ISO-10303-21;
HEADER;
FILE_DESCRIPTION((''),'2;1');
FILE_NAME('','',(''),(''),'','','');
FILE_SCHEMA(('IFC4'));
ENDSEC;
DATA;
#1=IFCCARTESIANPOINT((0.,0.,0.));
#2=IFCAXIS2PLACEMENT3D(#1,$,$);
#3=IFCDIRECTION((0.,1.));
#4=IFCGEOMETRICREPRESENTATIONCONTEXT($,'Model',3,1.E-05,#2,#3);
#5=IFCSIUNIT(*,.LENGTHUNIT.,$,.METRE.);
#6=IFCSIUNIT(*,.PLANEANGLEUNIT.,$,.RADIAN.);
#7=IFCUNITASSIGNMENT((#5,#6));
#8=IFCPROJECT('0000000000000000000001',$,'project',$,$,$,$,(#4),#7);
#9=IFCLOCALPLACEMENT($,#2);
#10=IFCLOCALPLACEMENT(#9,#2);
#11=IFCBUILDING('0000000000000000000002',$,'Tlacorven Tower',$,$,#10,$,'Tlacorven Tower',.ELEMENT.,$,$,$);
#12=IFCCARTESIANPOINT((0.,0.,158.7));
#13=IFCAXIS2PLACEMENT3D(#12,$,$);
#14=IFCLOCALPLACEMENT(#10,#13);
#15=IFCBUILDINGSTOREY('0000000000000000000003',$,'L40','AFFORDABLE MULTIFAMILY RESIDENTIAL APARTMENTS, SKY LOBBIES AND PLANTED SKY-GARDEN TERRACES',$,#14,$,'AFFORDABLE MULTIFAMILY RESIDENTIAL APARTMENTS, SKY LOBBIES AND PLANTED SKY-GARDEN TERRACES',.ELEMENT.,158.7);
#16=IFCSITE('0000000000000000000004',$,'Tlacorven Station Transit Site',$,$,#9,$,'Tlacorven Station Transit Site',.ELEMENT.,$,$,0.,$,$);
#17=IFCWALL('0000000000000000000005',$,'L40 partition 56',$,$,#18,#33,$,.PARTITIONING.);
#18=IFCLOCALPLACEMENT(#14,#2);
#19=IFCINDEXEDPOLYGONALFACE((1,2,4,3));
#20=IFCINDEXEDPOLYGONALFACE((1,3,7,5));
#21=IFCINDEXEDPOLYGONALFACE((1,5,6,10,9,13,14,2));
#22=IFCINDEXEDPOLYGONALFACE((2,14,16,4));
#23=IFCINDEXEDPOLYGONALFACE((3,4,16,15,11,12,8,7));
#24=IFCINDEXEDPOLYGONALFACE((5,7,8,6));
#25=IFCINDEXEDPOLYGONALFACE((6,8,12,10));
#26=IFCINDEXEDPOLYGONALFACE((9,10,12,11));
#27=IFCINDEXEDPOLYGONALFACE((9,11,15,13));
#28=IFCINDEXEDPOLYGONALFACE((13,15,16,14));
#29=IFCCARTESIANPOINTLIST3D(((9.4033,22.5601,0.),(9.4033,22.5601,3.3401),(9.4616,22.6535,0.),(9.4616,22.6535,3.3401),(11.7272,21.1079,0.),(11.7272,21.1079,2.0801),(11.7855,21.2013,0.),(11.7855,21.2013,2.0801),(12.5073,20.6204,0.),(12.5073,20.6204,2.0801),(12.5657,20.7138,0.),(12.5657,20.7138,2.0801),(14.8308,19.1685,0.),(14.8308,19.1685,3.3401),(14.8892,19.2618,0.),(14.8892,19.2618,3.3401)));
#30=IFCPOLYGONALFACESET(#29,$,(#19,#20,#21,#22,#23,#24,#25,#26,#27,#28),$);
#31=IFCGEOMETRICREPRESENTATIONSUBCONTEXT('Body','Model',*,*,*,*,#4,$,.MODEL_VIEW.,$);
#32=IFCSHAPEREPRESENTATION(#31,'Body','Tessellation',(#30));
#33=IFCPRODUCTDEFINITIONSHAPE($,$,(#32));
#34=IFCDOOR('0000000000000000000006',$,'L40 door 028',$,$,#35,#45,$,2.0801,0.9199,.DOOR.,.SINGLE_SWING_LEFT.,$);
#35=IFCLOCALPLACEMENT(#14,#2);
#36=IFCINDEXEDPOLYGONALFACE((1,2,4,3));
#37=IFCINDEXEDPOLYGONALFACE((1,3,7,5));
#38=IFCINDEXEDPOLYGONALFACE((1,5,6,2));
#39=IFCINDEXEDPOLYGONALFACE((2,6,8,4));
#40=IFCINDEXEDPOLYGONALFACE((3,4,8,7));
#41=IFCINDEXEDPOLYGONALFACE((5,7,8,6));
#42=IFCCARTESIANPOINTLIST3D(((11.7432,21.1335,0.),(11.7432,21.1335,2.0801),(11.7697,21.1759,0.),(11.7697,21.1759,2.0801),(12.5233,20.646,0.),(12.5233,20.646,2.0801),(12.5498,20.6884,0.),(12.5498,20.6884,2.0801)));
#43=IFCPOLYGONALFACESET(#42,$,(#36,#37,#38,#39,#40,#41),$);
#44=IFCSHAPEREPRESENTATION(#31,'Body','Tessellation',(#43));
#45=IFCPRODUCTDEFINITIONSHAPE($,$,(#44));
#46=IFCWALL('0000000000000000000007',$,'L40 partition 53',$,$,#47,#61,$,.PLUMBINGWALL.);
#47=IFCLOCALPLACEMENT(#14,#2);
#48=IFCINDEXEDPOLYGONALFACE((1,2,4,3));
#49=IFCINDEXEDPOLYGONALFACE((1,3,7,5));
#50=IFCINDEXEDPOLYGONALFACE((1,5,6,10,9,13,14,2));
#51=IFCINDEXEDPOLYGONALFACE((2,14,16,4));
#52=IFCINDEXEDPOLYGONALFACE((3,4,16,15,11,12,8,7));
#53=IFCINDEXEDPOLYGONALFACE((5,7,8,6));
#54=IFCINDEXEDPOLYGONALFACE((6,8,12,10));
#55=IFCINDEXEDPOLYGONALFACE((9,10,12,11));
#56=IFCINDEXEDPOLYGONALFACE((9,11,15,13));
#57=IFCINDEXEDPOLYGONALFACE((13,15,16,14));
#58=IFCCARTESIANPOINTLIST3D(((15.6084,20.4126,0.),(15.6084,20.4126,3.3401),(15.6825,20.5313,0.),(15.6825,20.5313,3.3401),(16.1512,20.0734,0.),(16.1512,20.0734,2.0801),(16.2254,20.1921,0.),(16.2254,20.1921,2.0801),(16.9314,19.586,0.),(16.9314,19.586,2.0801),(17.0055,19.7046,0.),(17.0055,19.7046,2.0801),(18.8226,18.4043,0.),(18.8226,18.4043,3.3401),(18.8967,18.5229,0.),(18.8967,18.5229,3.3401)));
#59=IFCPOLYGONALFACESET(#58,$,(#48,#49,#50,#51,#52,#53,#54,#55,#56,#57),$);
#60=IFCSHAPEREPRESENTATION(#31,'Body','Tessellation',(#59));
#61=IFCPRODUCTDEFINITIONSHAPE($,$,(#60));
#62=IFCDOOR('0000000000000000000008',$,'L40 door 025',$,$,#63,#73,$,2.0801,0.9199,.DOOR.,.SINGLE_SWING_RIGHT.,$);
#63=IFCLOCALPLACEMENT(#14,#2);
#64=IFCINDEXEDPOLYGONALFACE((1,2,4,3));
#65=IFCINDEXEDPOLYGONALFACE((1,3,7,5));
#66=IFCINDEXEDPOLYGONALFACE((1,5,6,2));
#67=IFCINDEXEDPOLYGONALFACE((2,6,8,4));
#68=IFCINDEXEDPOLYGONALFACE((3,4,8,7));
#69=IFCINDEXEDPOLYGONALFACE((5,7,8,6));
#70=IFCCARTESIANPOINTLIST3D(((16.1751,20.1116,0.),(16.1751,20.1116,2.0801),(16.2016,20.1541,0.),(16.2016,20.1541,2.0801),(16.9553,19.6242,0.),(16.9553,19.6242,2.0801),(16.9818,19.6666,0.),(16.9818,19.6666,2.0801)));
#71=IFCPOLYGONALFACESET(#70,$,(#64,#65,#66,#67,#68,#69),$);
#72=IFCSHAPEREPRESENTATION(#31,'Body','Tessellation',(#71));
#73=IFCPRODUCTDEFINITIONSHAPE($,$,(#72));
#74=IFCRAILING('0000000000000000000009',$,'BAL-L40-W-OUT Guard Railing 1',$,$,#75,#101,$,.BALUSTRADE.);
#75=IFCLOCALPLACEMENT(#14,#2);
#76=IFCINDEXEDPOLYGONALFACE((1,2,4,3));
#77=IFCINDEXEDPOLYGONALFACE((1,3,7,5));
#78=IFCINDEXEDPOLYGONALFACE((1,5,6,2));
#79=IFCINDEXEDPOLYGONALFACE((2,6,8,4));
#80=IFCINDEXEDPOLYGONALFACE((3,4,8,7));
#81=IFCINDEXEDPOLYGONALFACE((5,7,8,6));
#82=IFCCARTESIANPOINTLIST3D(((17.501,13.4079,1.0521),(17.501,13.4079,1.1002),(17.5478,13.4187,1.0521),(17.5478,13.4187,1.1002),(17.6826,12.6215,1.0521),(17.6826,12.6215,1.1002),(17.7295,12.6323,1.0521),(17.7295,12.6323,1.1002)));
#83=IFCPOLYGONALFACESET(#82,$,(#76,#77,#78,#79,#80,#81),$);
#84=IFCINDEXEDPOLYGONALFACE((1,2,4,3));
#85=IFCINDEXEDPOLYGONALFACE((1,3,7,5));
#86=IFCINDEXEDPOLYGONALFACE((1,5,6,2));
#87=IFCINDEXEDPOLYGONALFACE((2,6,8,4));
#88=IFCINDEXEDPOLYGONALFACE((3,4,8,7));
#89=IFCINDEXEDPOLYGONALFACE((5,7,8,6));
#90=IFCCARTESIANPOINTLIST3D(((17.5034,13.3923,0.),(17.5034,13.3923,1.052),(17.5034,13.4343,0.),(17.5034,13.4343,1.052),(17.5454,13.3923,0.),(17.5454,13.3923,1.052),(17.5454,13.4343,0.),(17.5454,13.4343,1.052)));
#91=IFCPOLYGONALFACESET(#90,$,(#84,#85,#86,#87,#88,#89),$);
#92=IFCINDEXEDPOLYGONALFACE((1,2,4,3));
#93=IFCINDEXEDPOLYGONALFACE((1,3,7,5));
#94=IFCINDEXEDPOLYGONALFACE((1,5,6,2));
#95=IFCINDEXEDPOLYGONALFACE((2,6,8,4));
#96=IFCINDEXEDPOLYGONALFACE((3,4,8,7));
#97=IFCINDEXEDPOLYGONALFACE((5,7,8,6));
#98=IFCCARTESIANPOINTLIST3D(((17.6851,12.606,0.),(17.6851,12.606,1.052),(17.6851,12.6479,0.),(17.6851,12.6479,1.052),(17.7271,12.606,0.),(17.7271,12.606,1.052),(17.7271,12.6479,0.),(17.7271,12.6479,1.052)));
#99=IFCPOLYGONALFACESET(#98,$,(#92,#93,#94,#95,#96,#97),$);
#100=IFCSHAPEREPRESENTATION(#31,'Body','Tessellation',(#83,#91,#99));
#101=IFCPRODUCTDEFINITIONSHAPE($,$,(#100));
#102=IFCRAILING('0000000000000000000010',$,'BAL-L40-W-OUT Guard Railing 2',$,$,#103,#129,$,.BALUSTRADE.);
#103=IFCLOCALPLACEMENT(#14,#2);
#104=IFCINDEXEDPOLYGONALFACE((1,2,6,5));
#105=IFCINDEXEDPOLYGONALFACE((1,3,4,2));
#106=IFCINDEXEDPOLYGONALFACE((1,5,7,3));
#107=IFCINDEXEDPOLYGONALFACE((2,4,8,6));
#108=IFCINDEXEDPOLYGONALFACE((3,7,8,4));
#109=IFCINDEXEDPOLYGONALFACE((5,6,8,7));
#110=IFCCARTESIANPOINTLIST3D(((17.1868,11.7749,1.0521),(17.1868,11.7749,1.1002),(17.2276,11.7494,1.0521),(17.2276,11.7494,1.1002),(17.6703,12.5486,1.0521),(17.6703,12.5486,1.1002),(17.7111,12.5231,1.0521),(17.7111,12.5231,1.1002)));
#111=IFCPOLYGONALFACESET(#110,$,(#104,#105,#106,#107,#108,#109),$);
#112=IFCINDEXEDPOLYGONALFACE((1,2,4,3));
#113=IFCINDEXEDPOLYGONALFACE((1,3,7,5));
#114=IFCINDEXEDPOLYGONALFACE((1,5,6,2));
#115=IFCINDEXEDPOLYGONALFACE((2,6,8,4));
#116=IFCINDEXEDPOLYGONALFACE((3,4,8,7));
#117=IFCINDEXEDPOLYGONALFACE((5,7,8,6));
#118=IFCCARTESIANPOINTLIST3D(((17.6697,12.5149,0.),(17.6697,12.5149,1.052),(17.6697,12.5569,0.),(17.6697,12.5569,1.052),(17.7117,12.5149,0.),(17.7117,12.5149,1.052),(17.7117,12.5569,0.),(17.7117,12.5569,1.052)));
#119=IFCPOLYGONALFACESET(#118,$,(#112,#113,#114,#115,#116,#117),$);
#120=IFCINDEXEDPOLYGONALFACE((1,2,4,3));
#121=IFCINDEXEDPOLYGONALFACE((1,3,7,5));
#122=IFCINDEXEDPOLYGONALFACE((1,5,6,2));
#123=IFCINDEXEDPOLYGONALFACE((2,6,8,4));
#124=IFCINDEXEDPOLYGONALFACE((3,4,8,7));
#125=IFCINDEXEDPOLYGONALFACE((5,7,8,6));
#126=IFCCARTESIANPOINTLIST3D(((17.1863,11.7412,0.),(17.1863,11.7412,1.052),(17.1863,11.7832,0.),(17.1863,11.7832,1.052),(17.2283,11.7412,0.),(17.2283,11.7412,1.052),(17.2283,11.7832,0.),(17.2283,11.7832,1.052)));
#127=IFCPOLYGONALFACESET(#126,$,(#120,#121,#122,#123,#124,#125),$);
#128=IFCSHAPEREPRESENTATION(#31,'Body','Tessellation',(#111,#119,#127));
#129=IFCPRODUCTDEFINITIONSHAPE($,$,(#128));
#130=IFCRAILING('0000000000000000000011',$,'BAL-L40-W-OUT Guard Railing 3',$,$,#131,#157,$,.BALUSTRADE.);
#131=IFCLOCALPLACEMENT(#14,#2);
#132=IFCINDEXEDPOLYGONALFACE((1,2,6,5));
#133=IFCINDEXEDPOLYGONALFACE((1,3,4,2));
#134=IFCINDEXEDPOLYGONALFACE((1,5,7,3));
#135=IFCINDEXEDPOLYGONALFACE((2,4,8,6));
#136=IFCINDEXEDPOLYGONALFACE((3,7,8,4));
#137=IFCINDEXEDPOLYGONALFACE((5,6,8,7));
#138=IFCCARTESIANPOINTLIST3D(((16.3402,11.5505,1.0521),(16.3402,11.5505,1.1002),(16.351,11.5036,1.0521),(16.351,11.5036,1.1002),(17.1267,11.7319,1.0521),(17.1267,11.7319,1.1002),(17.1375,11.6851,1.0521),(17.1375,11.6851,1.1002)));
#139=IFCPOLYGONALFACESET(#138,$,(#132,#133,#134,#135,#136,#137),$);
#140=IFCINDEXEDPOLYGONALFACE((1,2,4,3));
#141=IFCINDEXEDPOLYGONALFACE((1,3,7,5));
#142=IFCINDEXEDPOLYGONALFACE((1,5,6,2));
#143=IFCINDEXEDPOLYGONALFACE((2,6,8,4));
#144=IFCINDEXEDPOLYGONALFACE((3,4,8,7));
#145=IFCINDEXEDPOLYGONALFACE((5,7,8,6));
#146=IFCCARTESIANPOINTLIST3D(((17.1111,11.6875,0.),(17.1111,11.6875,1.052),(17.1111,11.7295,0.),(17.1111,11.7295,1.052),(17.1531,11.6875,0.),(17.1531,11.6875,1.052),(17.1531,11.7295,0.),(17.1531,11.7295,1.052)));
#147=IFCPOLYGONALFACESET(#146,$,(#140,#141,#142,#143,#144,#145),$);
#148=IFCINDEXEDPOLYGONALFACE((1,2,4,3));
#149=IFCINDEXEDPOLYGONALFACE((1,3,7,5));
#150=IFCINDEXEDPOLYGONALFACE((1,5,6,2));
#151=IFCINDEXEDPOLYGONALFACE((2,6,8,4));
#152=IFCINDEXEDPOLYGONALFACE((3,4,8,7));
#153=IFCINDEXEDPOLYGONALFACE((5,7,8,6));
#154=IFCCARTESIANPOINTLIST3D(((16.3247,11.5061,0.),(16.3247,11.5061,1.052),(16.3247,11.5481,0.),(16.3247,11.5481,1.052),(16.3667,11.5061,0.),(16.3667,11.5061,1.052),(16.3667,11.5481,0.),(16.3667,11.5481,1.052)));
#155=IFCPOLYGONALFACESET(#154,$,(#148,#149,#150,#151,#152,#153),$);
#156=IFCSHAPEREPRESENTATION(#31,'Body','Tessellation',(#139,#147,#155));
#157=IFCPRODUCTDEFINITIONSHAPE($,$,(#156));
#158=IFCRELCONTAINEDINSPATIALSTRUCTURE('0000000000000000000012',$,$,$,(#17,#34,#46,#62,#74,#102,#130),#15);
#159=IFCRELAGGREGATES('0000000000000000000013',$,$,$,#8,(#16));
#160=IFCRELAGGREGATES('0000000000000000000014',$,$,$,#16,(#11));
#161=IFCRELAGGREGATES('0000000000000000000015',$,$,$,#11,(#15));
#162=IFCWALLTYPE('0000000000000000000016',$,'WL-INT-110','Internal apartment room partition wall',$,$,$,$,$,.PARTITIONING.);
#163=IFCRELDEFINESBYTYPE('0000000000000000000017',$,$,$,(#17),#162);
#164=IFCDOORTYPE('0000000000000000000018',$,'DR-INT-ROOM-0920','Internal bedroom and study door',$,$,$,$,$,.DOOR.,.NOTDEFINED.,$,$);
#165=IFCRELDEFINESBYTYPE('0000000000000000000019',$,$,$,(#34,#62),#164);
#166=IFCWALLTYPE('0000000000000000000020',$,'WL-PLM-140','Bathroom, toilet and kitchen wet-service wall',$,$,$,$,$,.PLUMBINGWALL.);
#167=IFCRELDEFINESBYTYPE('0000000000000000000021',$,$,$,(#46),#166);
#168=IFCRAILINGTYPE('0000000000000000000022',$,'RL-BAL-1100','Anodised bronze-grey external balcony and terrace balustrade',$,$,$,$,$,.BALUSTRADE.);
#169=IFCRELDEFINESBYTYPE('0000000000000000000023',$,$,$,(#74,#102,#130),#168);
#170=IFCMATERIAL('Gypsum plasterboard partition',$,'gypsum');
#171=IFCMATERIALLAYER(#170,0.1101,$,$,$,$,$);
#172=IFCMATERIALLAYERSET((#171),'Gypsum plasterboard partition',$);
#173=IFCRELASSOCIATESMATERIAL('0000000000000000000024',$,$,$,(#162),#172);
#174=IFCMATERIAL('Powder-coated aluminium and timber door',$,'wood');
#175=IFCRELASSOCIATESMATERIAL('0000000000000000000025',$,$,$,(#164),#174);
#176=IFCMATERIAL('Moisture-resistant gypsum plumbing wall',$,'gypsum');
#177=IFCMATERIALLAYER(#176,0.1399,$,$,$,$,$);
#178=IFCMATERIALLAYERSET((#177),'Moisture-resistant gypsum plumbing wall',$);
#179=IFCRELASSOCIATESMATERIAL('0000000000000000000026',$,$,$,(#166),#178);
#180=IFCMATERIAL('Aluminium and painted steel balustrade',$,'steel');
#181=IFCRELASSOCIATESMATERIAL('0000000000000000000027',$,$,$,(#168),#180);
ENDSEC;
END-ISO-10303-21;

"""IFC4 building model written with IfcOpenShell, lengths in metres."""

from ifc_helpers import new_model, si_unit, direction, frame, frame_2d, origin, origin_2d, place, context, subcontext, project, spatial, rectangle, extrude, source, transform, mapped, material, layer, layer_set, type_object, element, fill, save


model = new_model("IFC4")

# Units and contexts
model_context = context("Model", 3, precision=1e-05, world=origin(), true_north=direction((0.0, 1.0)))
body_context = subcontext(model_context, "Body", "Model", "MODEL_VIEW")
ifc_project = project(units=[si_unit("LENGTHUNIT", "METRE"), si_unit("PLANEANGLEUNIT", "RADIAN")], contexts=[model_context])

# Site, building, storey
site_placement = place(None, origin())
site = spatial("IfcSite", under=ifc_project, at=site_placement, Name="Tlacorven Station Transit Site", LongName="Tlacorven Station Transit Site", CompositionType="ELEMENT", RefElevation=0.0)
building_placement = place(site_placement, origin())
building = spatial("IfcBuilding", under=site, at=building_placement, Name="Tlacorven Tower", LongName="Tlacorven Tower", CompositionType="ELEMENT")
storey_placement = place(building_placement, frame((0.0, 0.0, 158.7)))
storey = spatial("IfcBuildingStorey", under=building, at=storey_placement, Name="L40", Description="AFFORDABLE MULTIFAMILY RESIDENTIAL APARTMENTS, SKY LOBBIES AND PLANTED SKY-GARDEN TERRACES", LongName="AFFORDABLE MULTIFAMILY RESIDENTIAL APARTMENTS, SKY LOBBIES AND PLANTED SKY-GARDEN TERRACES", CompositionType="ELEMENT", Elevation=158.7)

# Walls, openings, doors
ifc_material_1 = material(Name="Gypsum plasterboard partition", Category="gypsum")
ifc_layer_1 = layer(ifc_material_1, 0.1101)
ifc_layer_set_1 = layer_set([ifc_layer_1], Name="Gypsum plasterboard partition")
wall_type_1 = type_object("IfcWallType", Name="WL-INT-110", Description="Internal apartment room partition wall", PredefinedType="PARTITIONING", material=ifc_layer_set_1)
wall_1_placement = place(storey_placement, frame((14.8601, 19.2151, 0.0), z_axis=(0.0, 0.0, 1.0), x_axis=(-0.848039, 0.529934, 0.0)))
wall_1 = element("IfcWall", 1, at=wall_1_placement, inside=storey, type_object=wall_type_1, Name="L40 partition 56", PredefinedType="PARTITIONING", context=body_context, shape_type="SweptSolid", body=[
    extrude(rectangle(XDim=6.4001, YDim=0.1101, at=frame_2d((3.2002, 0.0))), origin(), (0.0, 0.0, 1.0), 3.3401),
])
opening_1_placement = place(wall_1_placement, frame((2.74, 0.0, 0.0)))
opening_1 = element("IfcOpeningElement", 2, at=opening_1_placement, cuts=wall_1, PredefinedType="OPENING", context=body_context, shape_type="SweptSolid", body=[
    extrude(rectangle(XDim=0.9199, YDim=2.0801, at=frame_2d((0.46, 1.04))), frame((0.0, 0.0649, 0.0), z_axis=(0.0, -1.0, 0.0), x_axis=(1.0, 0.0, 0.0)), (0.0, 0.0, 1.0), 0.1301),
])
ifc_material_2 = material(Name="Powder-coated aluminium and timber door", Category="wood")
door_type = type_object("IfcDoorType", Name="DR-INT-ROOM-0920", Description="Internal bedroom and study door", OperationType="NOTDEFINED", PredefinedType="DOOR", material=ifc_material_2)
shared_shape_1 = source(origin(), body_context, "Body", "SweptSolid", [
    extrude(rectangle(XDim=0.9199, YDim=2.0801, at=frame_2d((0.46, 1.04))), frame((0.0, 0.0249, 0.0), z_axis=(0.0, -1.0, 0.0), x_axis=(1.0, 0.0, 0.0)), (0.0, 0.0, 1.0), 0.05),
])
door_1_placement = place(opening_1_placement, origin())
door_1 = element("IfcDoor", 3, at=door_1_placement, inside=storey, type_object=door_type, Name="L40 door 028", OperationType="SINGLE_SWING_LEFT", OverallHeight=2.0801, OverallWidth=0.9199, PredefinedType="DOOR", context=body_context, shape_type="MappedRepresentation", body=[
    mapped(shared_shape_1, transform((0.0, 0.0, 0.0), scale=1.0)),
])
fill(opening_1, door_1)
ifc_material_3 = material(Name="Moisture-resistant gypsum plumbing wall", Category="gypsum")
ifc_layer_2 = layer(ifc_material_3, 0.1399)
ifc_layer_set_2 = layer_set([ifc_layer_2], Name="Moisture-resistant gypsum plumbing wall")
wall_type_2 = type_object("IfcWallType", Name="WL-PLM-140", Description="Bathroom, toilet and kitchen wet-service wall", PredefinedType="PLUMBINGWALL", material=ifc_layer_set_2)
wall_2_placement = place(storey_placement, frame((18.8596, 18.4636, 0.0), z_axis=(0.0, 0.0, 1.0), x_axis=(-0.84806, 0.529901, 0.0)))
wall_2 = element("IfcWall", 4, at=wall_2_placement, inside=storey, type_object=wall_type_2, Name="L40 partition 53", PredefinedType="PLUMBINGWALL", context=body_context, shape_type="SweptSolid", body=[
    extrude(rectangle(XDim=3.79, YDim=0.1399, at=frame_2d((1.895, 0.0))), origin(), (0.0, 0.0, 1.0), 3.3401),
])
opening_2_placement = place(wall_2_placement, frame((2.23, 0.0, 0.0)))
opening_2 = element("IfcOpeningElement", 5, at=opening_2_placement, cuts=wall_2, PredefinedType="OPENING", context=body_context, shape_type="SweptSolid", body=[
    extrude(rectangle(XDim=0.9199, YDim=2.0801, at=frame_2d((0.46, 1.04))), frame((0.0, 0.0801, 0.0), z_axis=(0.0, -1.0, 0.0), x_axis=(1.0, 0.0, 0.0)), (0.0, 0.0, 1.0), 0.1599),
])
door_2_placement = place(opening_2_placement, origin())
door_2 = element("IfcDoor", 6, at=door_2_placement, inside=storey, type_object=door_type, Name="L40 door 025", OperationType="SINGLE_SWING_RIGHT", OverallHeight=2.0801, OverallWidth=0.9199, PredefinedType="DOOR", context=body_context, shape_type="MappedRepresentation", body=[
    mapped(shared_shape_1, transform((0.0, 0.0, 0.0), scale=1.0)),
])
fill(opening_2, door_2)

# Railings
ifc_material_4 = material(Name="Aluminium and painted steel balustrade", Category="steel")
railing_type = type_object("IfcRailingType", Name="RL-BAL-1100", Description="Anodised bronze-grey external balcony and terrace balustrade", PredefinedType="BALUSTRADE", material=ifc_material_4)
shared_shape_2 = source(origin(), body_context, "Body", "SweptSolid", [
    extrude(rectangle(XDim=0.0481, YDim=0.0481, at=origin_2d()), frame((0.0, 0.0, 1.0762), z_axis=(0.225058, -0.974345, 0.0), x_axis=(0.974345, 0.225058, 0.0)), (0.0, 0.0, 1.0), 0.8071),
    extrude(rectangle(XDim=0.042, YDim=0.042, at=origin_2d()), origin(), (0.0, 0.0, 1.0), 1.052),
    extrude(rectangle(XDim=0.042, YDim=0.042, at=origin_2d()), frame((0.1816, -0.7864, 0.0)), (0.0, 0.0, 1.0), 1.052),
])
railing_1_placement = place(storey_placement, frame((17.5244, 13.4133, 0.0)))
element("IfcRailing", 7, at=railing_1_placement, inside=storey, type_object=railing_type, Name="BAL-L40-W-OUT Guard Railing 1", PredefinedType="BALUSTRADE", context=body_context, shape_type="MappedRepresentation", body=[
    mapped(shared_shape_2, transform((0.0, 0.0, 0.0), scale=1.0)),
])
shared_shape_3 = source(origin(), body_context, "Body", "SweptSolid", [
    extrude(rectangle(XDim=0.0481, YDim=0.0481, at=origin_2d()), frame((0.0, 0.0, 1.0762), z_axis=(-0.529879, -0.848073, 0.0), x_axis=(0.848073, -0.529879, 0.0)), (0.0, 0.0, 1.0), 0.9124),
    extrude(rectangle(XDim=0.042, YDim=0.042, at=origin_2d()), origin(), (0.0, 0.0, 1.0), 1.052),
    extrude(rectangle(XDim=0.042, YDim=0.042, at=origin_2d()), frame((-0.4834, -0.7737, 0.0)), (0.0, 0.0, 1.0), 1.052),
])
railing_2_placement = place(storey_placement, frame((17.6907, 12.5359, 0.0)))
element("IfcRailing", 8, at=railing_2_placement, inside=storey, type_object=railing_type, Name="BAL-L40-W-OUT Guard Railing 2", PredefinedType="BALUSTRADE", context=body_context, shape_type="MappedRepresentation", body=[
    mapped(shared_shape_3, transform((0.0, 0.0, 0.0), scale=1.0)),
])
shared_shape_4 = source(origin(), body_context, "Body", "SweptSolid", [
    extrude(rectangle(XDim=0.0481, YDim=0.0481, at=origin_2d()), frame((0.0, 0.0, 1.0762), z_axis=(-0.974412, -0.224771, 0.0), x_axis=(0.224771, -0.974412, 0.0)), (0.0, 0.0, 1.0), 0.8071),
    extrude(rectangle(XDim=0.042, YDim=0.042, at=origin_2d()), origin(), (0.0, 0.0, 1.0), 1.052),
    extrude(rectangle(XDim=0.042, YDim=0.042, at=origin_2d()), frame((-0.7864, -0.1814, 0.0)), (0.0, 0.0, 1.0), 1.052),
])
railing_3_placement = place(storey_placement, frame((17.1321, 11.7085, 0.0)))
element("IfcRailing", 9, at=railing_3_placement, inside=storey, type_object=railing_type, Name="BAL-L40-W-OUT Guard Railing 3", PredefinedType="BALUSTRADE", context=body_context, shape_type="MappedRepresentation", body=[
    mapped(shared_shape_4, transform((0.0, 0.0, 0.0), scale=1.0)),
])

save(model, "model.ifc")
